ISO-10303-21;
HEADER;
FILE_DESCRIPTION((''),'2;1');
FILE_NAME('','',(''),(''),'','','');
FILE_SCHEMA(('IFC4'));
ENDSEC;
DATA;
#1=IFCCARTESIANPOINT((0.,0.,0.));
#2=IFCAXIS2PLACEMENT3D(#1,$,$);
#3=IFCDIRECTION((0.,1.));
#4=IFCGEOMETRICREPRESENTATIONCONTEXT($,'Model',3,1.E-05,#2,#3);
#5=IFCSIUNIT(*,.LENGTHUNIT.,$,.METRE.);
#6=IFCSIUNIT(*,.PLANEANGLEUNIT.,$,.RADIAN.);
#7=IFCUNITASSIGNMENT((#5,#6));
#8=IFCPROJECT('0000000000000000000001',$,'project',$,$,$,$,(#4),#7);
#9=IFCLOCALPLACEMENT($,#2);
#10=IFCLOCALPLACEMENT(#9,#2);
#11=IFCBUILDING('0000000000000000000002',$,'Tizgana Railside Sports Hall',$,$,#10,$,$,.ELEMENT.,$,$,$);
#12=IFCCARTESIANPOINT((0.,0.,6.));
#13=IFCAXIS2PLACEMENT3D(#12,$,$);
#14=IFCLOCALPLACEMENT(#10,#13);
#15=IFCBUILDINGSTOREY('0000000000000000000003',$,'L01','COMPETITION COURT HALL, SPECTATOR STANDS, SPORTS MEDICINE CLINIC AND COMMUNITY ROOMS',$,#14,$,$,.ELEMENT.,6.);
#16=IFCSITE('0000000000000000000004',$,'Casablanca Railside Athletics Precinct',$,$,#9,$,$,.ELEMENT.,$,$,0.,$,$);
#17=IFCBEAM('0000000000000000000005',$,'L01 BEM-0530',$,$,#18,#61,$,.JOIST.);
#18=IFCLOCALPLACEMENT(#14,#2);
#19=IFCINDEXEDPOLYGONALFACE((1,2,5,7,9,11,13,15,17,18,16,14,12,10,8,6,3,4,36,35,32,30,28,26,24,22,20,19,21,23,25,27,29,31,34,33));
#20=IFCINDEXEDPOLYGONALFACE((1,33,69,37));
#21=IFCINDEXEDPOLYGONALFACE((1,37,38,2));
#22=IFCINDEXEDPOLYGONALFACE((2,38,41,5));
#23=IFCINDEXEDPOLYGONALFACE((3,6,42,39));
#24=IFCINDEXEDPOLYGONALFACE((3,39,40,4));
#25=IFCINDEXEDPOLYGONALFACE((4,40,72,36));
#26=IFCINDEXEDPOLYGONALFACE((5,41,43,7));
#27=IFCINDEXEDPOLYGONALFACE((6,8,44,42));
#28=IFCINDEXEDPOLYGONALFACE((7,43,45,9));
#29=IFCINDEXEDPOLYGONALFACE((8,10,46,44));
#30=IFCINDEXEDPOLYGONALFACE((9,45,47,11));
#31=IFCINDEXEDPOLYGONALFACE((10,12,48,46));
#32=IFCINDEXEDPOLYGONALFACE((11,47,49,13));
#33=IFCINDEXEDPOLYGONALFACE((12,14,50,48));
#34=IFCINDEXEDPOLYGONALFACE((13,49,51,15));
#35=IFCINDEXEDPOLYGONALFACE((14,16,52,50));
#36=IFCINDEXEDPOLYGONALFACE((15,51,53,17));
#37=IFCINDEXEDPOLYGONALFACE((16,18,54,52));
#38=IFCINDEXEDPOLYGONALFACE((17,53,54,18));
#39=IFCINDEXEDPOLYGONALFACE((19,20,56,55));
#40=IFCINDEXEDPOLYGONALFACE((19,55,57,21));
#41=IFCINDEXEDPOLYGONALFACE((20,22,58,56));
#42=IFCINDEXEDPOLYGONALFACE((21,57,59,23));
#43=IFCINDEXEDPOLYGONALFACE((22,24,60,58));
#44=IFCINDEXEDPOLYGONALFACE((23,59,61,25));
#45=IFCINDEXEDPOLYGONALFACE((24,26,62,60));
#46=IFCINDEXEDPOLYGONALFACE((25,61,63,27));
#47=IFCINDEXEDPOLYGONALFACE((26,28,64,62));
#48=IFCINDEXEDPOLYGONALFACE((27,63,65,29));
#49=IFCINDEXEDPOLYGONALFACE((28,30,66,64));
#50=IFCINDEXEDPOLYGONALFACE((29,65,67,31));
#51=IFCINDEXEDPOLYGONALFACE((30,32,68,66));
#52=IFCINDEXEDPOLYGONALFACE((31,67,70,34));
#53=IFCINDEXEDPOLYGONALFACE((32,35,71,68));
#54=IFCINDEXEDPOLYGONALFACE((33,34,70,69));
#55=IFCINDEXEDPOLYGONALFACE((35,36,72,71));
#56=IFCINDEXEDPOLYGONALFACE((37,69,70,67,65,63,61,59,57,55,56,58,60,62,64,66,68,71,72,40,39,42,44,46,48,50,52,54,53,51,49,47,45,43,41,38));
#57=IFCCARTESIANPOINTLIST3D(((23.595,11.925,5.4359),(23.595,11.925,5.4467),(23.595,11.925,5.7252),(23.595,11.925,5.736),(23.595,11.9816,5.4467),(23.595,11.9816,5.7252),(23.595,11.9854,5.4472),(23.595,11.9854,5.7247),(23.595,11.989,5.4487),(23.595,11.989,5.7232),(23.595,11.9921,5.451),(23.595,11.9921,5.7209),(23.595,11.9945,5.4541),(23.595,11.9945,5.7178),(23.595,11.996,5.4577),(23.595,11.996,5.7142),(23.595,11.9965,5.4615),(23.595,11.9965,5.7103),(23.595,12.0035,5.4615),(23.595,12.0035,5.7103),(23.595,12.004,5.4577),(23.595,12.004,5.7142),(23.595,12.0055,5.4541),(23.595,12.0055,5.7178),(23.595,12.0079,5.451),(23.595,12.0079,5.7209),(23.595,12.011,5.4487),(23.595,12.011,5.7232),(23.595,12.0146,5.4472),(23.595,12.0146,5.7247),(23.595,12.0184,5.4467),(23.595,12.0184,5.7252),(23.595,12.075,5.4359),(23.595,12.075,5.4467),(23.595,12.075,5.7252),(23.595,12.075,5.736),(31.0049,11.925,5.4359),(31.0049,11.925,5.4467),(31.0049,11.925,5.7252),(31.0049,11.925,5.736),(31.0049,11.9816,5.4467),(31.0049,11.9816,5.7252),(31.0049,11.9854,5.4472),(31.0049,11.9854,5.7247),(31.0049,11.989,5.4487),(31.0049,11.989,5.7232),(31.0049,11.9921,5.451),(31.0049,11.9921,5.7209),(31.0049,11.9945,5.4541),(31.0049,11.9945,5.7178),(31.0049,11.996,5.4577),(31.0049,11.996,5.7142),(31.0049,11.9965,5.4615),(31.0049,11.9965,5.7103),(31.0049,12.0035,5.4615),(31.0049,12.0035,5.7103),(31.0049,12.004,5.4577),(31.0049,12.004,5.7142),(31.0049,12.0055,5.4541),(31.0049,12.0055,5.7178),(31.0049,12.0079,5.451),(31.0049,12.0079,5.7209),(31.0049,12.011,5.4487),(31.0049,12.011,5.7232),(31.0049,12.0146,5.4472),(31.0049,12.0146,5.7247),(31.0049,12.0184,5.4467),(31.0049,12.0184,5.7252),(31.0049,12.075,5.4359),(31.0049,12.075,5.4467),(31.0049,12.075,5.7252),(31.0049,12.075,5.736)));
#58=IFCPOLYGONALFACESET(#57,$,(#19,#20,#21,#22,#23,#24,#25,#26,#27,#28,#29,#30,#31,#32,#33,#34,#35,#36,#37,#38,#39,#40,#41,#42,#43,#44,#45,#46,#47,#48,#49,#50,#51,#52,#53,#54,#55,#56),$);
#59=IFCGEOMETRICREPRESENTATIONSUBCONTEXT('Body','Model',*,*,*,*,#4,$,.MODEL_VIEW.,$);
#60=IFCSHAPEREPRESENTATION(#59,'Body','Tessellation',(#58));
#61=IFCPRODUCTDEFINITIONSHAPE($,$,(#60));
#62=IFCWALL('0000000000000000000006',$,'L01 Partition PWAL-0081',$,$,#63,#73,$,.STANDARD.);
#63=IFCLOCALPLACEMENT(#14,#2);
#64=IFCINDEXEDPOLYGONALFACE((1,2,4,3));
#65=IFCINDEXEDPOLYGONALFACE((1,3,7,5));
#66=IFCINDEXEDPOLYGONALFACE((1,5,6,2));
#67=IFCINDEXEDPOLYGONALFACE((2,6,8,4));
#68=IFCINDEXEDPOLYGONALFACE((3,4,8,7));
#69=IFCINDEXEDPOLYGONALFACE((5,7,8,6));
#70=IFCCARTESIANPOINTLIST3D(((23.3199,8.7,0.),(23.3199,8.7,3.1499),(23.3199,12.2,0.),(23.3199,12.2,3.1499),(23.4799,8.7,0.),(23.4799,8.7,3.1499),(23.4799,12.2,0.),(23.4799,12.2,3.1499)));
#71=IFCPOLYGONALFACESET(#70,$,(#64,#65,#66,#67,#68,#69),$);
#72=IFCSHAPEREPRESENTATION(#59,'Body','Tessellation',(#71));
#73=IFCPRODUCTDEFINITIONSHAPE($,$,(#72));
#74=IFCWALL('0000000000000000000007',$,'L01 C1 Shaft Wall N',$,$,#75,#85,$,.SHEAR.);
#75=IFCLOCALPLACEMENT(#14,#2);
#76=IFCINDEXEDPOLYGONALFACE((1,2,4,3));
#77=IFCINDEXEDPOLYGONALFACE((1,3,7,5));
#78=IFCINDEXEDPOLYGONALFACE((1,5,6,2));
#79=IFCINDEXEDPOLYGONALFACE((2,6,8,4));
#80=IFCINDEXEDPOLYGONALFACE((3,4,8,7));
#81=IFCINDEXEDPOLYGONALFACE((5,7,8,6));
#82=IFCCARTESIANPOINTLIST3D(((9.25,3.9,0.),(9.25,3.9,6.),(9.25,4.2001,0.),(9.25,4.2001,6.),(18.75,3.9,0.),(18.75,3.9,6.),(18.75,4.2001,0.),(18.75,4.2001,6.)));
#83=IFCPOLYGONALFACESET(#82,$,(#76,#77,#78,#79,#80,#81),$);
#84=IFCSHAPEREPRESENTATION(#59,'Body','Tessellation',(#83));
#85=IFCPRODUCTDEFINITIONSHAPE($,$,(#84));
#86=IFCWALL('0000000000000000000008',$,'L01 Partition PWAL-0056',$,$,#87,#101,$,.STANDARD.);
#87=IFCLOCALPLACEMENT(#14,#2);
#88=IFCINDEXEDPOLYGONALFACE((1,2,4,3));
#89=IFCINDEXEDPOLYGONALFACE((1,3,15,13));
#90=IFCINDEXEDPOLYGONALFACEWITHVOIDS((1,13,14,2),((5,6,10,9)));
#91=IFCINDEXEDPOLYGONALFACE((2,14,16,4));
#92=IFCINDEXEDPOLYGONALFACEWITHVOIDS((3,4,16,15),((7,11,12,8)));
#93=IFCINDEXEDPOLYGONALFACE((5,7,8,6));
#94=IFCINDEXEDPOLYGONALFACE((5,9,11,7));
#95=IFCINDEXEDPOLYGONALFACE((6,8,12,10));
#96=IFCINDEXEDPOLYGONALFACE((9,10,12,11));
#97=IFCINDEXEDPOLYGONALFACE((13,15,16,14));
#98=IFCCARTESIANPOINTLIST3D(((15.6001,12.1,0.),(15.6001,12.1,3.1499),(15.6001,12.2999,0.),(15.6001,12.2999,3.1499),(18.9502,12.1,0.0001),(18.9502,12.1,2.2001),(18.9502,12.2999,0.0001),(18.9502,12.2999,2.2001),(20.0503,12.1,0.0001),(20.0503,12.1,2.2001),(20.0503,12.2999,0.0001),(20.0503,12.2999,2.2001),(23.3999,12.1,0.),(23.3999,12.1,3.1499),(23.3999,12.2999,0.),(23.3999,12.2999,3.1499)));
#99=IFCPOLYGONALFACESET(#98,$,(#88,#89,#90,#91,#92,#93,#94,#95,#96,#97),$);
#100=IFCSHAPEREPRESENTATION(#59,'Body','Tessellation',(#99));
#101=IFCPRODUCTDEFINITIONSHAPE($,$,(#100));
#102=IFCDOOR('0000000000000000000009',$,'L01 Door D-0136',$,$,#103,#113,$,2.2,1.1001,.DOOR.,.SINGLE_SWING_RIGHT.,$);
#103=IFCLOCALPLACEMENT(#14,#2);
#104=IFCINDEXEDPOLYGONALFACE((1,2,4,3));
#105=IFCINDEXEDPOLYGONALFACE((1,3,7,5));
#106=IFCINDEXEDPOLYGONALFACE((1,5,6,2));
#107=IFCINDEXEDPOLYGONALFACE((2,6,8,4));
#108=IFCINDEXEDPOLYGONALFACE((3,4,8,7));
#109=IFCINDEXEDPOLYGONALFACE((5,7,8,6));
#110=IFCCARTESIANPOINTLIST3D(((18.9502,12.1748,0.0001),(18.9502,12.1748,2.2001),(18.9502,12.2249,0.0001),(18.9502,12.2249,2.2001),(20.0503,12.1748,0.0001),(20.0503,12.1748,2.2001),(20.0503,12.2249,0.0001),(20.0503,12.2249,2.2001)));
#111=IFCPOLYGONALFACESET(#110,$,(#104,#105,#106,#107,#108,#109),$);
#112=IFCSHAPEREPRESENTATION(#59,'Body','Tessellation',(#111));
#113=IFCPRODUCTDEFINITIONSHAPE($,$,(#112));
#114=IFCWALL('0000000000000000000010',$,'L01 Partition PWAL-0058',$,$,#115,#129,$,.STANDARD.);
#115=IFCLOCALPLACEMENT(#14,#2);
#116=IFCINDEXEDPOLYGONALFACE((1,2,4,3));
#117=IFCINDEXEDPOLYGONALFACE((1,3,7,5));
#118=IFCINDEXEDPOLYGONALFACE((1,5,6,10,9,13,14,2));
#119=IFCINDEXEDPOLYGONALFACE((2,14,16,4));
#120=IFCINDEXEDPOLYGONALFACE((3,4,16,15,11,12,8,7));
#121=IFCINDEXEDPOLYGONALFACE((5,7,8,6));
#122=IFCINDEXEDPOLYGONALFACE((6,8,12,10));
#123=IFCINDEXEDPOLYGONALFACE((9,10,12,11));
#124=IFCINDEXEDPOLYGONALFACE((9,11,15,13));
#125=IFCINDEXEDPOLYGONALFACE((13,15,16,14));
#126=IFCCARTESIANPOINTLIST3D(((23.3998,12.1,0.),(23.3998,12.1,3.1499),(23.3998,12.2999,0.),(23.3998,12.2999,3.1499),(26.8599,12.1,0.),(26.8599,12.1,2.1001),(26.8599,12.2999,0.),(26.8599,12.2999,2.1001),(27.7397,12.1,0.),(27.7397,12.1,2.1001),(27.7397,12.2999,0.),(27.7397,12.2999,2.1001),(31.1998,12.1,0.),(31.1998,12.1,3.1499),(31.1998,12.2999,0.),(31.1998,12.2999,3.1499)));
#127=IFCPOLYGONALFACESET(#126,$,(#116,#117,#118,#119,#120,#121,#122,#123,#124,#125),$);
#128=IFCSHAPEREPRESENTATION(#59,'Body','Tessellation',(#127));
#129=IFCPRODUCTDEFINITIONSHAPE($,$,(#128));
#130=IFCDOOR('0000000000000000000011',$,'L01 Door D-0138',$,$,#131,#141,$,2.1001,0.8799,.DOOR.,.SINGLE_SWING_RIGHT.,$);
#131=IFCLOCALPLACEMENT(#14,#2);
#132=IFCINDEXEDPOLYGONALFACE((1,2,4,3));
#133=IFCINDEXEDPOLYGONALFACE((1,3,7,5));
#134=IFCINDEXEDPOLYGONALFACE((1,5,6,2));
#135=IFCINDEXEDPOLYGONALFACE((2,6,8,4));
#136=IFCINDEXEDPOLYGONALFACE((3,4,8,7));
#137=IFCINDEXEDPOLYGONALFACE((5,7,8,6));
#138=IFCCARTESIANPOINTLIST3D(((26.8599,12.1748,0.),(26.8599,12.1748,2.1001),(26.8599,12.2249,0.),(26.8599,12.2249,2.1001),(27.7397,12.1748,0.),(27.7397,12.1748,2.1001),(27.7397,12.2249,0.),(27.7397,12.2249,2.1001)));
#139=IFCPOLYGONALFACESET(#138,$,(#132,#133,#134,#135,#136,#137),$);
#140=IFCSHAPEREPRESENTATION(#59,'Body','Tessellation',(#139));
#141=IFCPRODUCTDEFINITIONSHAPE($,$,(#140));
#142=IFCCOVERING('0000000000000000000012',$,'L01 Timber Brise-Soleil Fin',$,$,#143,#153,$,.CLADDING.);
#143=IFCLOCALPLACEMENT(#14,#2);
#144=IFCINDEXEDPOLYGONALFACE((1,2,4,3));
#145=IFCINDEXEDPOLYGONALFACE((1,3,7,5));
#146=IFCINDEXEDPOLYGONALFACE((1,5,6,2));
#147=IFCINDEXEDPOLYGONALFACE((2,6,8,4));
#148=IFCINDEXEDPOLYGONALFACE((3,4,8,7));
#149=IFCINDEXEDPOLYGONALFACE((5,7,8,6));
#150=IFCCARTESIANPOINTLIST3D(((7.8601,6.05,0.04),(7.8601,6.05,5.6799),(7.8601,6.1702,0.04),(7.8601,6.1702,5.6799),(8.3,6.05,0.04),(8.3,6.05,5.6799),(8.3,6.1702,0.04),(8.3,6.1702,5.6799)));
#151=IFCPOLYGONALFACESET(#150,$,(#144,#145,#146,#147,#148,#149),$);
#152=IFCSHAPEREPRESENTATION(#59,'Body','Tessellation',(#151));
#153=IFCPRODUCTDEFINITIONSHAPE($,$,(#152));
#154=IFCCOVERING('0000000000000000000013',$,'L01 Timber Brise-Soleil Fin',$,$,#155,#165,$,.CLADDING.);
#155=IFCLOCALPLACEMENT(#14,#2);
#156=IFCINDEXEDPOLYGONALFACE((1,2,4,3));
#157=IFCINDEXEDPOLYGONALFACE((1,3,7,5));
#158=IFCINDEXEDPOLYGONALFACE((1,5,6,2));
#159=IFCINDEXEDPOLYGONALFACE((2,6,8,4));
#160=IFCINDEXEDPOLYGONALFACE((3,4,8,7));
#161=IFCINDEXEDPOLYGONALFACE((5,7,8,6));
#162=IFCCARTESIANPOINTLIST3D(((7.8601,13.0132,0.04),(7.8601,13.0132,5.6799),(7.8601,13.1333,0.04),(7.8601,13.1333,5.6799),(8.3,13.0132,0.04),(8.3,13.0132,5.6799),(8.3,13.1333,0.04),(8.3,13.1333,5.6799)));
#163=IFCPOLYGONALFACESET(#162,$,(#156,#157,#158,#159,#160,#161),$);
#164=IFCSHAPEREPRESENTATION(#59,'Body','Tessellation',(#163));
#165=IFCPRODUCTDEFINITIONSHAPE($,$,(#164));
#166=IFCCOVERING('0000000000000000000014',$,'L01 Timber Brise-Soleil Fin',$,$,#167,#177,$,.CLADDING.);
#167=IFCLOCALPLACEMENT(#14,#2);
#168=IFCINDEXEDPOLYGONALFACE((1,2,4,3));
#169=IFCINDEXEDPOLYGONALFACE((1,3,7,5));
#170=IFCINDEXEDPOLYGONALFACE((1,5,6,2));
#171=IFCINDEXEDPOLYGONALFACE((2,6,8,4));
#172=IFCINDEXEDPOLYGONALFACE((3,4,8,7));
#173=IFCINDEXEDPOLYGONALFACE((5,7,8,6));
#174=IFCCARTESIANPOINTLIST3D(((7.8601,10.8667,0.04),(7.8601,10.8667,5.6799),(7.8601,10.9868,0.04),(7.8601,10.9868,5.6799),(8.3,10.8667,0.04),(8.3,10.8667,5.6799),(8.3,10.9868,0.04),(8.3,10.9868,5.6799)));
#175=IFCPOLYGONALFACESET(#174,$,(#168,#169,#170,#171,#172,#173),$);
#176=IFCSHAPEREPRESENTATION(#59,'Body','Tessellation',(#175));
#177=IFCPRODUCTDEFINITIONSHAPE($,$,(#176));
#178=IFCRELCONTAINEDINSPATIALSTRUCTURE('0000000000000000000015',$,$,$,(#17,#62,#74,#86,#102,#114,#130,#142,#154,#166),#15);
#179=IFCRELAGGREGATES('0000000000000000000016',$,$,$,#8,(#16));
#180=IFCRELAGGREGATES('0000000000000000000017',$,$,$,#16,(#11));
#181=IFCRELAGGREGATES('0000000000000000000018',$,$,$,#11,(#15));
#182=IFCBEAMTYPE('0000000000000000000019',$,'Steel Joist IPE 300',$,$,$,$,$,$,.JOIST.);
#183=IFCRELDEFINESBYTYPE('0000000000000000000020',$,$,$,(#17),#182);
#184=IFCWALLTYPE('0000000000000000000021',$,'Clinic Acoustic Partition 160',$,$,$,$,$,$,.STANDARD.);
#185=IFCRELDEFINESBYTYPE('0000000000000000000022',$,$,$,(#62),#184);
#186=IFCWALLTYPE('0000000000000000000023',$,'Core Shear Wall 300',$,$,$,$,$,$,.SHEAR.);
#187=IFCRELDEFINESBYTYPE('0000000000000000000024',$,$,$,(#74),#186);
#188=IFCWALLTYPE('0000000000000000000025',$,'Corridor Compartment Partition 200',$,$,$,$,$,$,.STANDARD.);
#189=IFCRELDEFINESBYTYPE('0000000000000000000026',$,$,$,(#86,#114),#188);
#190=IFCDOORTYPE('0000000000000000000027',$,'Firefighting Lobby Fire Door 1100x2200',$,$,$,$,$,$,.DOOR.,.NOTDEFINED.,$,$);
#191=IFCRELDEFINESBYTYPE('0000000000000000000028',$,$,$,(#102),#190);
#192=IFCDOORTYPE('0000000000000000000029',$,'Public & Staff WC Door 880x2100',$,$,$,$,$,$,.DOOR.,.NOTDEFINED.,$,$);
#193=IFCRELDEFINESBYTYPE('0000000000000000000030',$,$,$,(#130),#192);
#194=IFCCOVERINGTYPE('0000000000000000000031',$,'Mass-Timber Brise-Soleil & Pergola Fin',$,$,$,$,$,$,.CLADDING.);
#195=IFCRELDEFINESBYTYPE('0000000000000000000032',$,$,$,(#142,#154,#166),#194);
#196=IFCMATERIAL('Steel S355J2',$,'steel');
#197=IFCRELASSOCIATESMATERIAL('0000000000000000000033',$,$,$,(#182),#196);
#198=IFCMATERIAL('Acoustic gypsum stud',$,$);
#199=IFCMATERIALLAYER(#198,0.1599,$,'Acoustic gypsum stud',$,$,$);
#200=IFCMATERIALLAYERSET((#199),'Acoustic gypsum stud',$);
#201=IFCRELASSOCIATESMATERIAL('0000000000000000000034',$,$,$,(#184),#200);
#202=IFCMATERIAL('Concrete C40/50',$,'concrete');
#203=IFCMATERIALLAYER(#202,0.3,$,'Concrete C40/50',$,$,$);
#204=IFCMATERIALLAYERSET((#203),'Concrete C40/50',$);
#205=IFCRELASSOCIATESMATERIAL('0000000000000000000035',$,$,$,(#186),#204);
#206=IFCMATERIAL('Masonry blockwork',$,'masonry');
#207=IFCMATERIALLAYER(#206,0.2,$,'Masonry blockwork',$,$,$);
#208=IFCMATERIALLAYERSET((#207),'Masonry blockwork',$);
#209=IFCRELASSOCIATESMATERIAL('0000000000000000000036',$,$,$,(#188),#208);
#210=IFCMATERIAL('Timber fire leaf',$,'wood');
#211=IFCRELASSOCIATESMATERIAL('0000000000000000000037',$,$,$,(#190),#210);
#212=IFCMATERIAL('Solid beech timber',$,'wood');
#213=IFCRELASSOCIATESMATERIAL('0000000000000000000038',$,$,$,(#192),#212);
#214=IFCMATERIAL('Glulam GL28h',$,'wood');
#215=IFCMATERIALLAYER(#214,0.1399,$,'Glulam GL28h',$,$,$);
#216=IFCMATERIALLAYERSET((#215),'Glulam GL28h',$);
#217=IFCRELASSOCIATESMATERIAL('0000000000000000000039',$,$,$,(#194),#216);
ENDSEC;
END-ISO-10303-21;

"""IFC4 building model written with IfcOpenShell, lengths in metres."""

from ifc_helpers import new_model, si_unit, direction, frame, frame_2d, origin, origin_2d, place, context, subcontext, project, spatial, rectangle, i_section, extrude, material, layer, layer_set, material_profile, profile_set, type_object, element, fill, save


model = new_model("IFC4")

# Units and contexts
model_context = context("Model", 3, precision=1e-05, world=origin(), true_north=direction((0.0, 1.0)))
body_context = subcontext(model_context, "Body", "Model", "MODEL_VIEW")
ifc_project = project(units=[si_unit("LENGTHUNIT", "METRE"), si_unit("PLANEANGLEUNIT", "RADIAN")], contexts=[model_context])

# Site, building, storey
site_placement = place(None, origin())
site = spatial("IfcSite", under=ifc_project, at=site_placement, Name="Casablanca Railside Athletics Precinct", CompositionType="ELEMENT", RefElevation=0.0)
building_placement = place(site_placement, origin())
building = spatial("IfcBuilding", under=site, at=building_placement, Name="Tizgana Railside Sports Hall", CompositionType="ELEMENT")
storey_placement = place(building_placement, frame((0.0, 0.0, 6.0)))
storey = spatial("IfcBuildingStorey", under=building, at=storey_placement, Name="L01", Description="COMPETITION COURT HALL, SPECTATOR STANDS, SPORTS MEDICINE CLINIC AND COMMUNITY ROOMS", CompositionType="ELEMENT", Elevation=6.0)

# Shared definitions
ifc_material_1 = material(Name="Concrete C40/50", Category="concrete")

# Beam
ifc_material_2 = material(Name="Steel S355J2", Category="steel")
ifc_material_profile_1 = material_profile(ifc_material_2, i_section(OverallWidth=0.1499, OverallDepth=0.3, WebThickness=0.0071, FlangeThickness=0.0107, FilletRadius=0.0149, at=origin_2d()), Name="IPE 300")
ifc_profile_set_1 = profile_set([ifc_material_profile_1], Name="Steel S355J2")
beam_type_1 = type_object("IfcBeamType", Name="Steel Joist IPE 300", PredefinedType="JOIST", material=ifc_profile_set_1)
beam_1_placement = place(storey_placement, frame((23.595, 12.0, 5.5859), z_axis=(1.0, 0.0, 0.0), x_axis=(0.0, 1.0, 0.0)))
element("IfcBeam", 1, at=beam_1_placement, inside=storey, type_object=beam_type_1, Name="L01 BEM-0530", PredefinedType="JOIST", context=body_context, shape_type="SweptSolid", body=[
    extrude(i_section(OverallWidth=0.1499, OverallDepth=0.3, WebThickness=0.0071, FlangeThickness=0.0107, FilletRadius=0.0149, at=origin_2d()), origin(), (0.0, 0.0, 1.0), 7.4099),
])

# Walls
ifc_material_3 = material(Name="Acoustic gypsum stud")
ifc_layer_1 = layer(ifc_material_3, 0.1599, Name="Acoustic gypsum stud")
ifc_layer_set_1 = layer_set([ifc_layer_1], Name="Acoustic gypsum stud")
wall_type_1 = type_object("IfcWallType", Name="Clinic Acoustic Partition 160", PredefinedType="STANDARD", material=ifc_layer_set_1)
wall_1_placement = place(storey_placement, frame((23.3999, 8.7, 0.0), z_axis=(0.0, 0.0, 1.0), x_axis=(0.0, 1.0, 0.0)))
element("IfcWall", 2, at=wall_1_placement, inside=storey, type_object=wall_type_1, Name="L01 Partition PWAL-0081", PredefinedType="STANDARD", context=body_context, shape_type="SweptSolid", body=[
    extrude(rectangle(XDim=3.5, YDim=0.1599, at=frame_2d((1.75, 0.0))), origin(), (0.0, 0.0, 1.0), 3.1499),
])
ifc_layer_2 = layer(ifc_material_1, 0.3, Name="Concrete C40/50")
ifc_layer_set_2 = layer_set([ifc_layer_2], Name="Concrete C40/50")
wall_type_2 = type_object("IfcWallType", Name="Core Shear Wall 300", PredefinedType="SHEAR", material=ifc_layer_set_2)
wall_2_placement = place(storey_placement, frame((9.25, 4.05, 0.0), z_axis=(0.0, 0.0, 1.0), x_axis=(1.0, 0.0, 0.0)))
element("IfcWall", 3, at=wall_2_placement, inside=storey, type_object=wall_type_2, Name="L01 C1 Shaft Wall N", PredefinedType="SHEAR", context=body_context, shape_type="SweptSolid", body=[
    extrude(rectangle(XDim=9.5, YDim=0.3, at=frame_2d((4.75, 0.0))), origin(), (0.0, 0.0, 1.0), 6.0),
])

# Walls, openings, doors
ifc_material_4 = material(Name="Masonry blockwork", Category="masonry")
ifc_layer_3 = layer(ifc_material_4, 0.2, Name="Masonry blockwork")
ifc_layer_set_3 = layer_set([ifc_layer_3], Name="Masonry blockwork")
wall_type_3 = type_object("IfcWallType", Name="Corridor Compartment Partition 200", PredefinedType="STANDARD", material=ifc_layer_set_3)
wall_3_placement = place(storey_placement, frame((15.6001, 12.2, 0.0), z_axis=(0.0, 0.0, 1.0), x_axis=(1.0, 0.0, 0.0)))
wall_3 = element("IfcWall", 4, at=wall_3_placement, inside=storey, type_object=wall_type_3, Name="L01 Partition PWAL-0056", PredefinedType="STANDARD", context=body_context, shape_type="SweptSolid", body=[
    extrude(rectangle(XDim=7.7998, YDim=0.2, at=frame_2d((3.8999, 0.0))), origin(), (0.0, 0.0, 1.0), 3.1499),
])
opening_1_placement = place(wall_3_placement, frame((3.3501, 0.0, 0.0)))
opening_1 = element("IfcOpeningElement", 5, at=opening_1_placement, cuts=wall_3, PredefinedType="OPENING", context=body_context, shape_type="SweptSolid", body=[
    extrude(rectangle(XDim=1.1001, YDim=2.2, at=frame_2d((0.55, 1.1001))), frame((0.0, 0.1099, 0.0), z_axis=(0.0, -1.0, 0.0), x_axis=(1.0, 0.0, 0.0)), (0.0, 0.0, 1.0), 0.22),
])
ifc_material_5 = material(Name="Timber fire leaf", Category="wood")
door_type_1 = type_object("IfcDoorType", Name="Firefighting Lobby Fire Door 1100x2200", OperationType="NOTDEFINED", PredefinedType="DOOR", material=ifc_material_5)
door_1_placement = place(opening_1_placement, origin())
door_1 = element("IfcDoor", 6, at=door_1_placement, inside=storey, type_object=door_type_1, Name="L01 Door D-0136", OperationType="SINGLE_SWING_RIGHT", OverallHeight=2.2, OverallWidth=1.1001, PredefinedType="DOOR", context=body_context, shape_type="SweptSolid", body=[
    extrude(rectangle(XDim=1.1001, YDim=2.2, at=frame_2d((0.55, 1.1001))), frame((0.0, 0.0249, 0.0), z_axis=(0.0, -1.0, 0.0), x_axis=(1.0, 0.0, 0.0)), (0.0, 0.0, 1.0), 0.05),
])
fill(opening_1, door_1)
wall_4_placement = place(storey_placement, frame((23.3999, 12.2, 0.0), z_axis=(0.0, 0.0, 1.0), x_axis=(1.0, 0.0, 0.0)))
wall_4 = element("IfcWall", 7, at=wall_4_placement, inside=storey, type_object=wall_type_3, Name="L01 Partition PWAL-0058", PredefinedType="STANDARD", context=body_context, shape_type="SweptSolid", body=[
    extrude(rectangle(XDim=7.8, YDim=0.2, at=frame_2d((3.8999, 0.0))), origin(), (0.0, 0.0, 1.0), 3.1499),
])
opening_2_placement = place(wall_4_placement, frame((3.46, 0.0, 0.0)))
opening_2 = element("IfcOpeningElement", 8, at=opening_2_placement, cuts=wall_4, PredefinedType="OPENING", context=body_context, shape_type="SweptSolid", body=[
    extrude(rectangle(XDim=0.8799, YDim=2.1001, at=frame_2d((0.4399, 1.05))), frame((0.0, 0.1099, 0.0), z_axis=(0.0, -1.0, 0.0), x_axis=(1.0, 0.0, 0.0)), (0.0, 0.0, 1.0), 0.22),
])
ifc_material_6 = material(Name="Solid beech timber", Category="wood")
door_type_2 = type_object("IfcDoorType", Name="Public & Staff WC Door 880x2100", OperationType="NOTDEFINED", PredefinedType="DOOR", material=ifc_material_6)
door_2_placement = place(opening_2_placement, origin())
door_2 = element("IfcDoor", 9, at=door_2_placement, inside=storey, type_object=door_type_2, Name="L01 Door D-0138", OperationType="SINGLE_SWING_RIGHT", OverallHeight=2.1001, OverallWidth=0.8799, PredefinedType="DOOR", context=body_context, shape_type="SweptSolid", body=[
    extrude(rectangle(XDim=0.8799, YDim=2.1001, at=frame_2d((0.4399, 1.05))), frame((0.0, 0.0249, 0.0), z_axis=(0.0, -1.0, 0.0), x_axis=(1.0, 0.0, 0.0)), (0.0, 0.0, 1.0), 0.05),
])
fill(opening_2, door_2)

# Coverings
ifc_material_7 = material(Name="Glulam GL28h", Category="wood")
ifc_layer_4 = layer(ifc_material_7, 0.1399, Name="Glulam GL28h")
ifc_layer_set_4 = layer_set([ifc_layer_4], Name="Glulam GL28h")
covering_type = type_object("IfcCoveringType", Name="Mass-Timber Brise-Soleil & Pergola Fin", PredefinedType="CLADDING", material=ifc_layer_set_4)
for number, where, z_axis, x_axis, name in (
    (10, (8.0801, 6.1101, 0.04), (0.0, 0.0, 1.0), (0.0, -1.0, 0.0), "L01 Timber Brise-Soleil Fin"),
    (11, (8.0801, 13.0732, 0.04), (0.0, 0.0, 1.0), (0.0, -1.0, 0.0), "L01 Timber Brise-Soleil Fin"),
    (12, (8.0801, 10.9268, 0.04), (0.0, 0.0, 1.0), (0.0, -1.0, 0.0), "L01 Timber Brise-Soleil Fin"),
):
    element("IfcCovering", number, at=place(storey_placement, frame(where, z_axis=z_axis, x_axis=x_axis)), inside=storey, type_object=covering_type, Name=name, PredefinedType="CLADDING", context=body_context, shape_type="SweptSolid", body=[
        extrude(rectangle(XDim=0.1201, YDim=0.4399, at=origin_2d()), origin(), (0.0, 0.0, 1.0), 5.6399),
    ])

save(model, "model.ifc")
